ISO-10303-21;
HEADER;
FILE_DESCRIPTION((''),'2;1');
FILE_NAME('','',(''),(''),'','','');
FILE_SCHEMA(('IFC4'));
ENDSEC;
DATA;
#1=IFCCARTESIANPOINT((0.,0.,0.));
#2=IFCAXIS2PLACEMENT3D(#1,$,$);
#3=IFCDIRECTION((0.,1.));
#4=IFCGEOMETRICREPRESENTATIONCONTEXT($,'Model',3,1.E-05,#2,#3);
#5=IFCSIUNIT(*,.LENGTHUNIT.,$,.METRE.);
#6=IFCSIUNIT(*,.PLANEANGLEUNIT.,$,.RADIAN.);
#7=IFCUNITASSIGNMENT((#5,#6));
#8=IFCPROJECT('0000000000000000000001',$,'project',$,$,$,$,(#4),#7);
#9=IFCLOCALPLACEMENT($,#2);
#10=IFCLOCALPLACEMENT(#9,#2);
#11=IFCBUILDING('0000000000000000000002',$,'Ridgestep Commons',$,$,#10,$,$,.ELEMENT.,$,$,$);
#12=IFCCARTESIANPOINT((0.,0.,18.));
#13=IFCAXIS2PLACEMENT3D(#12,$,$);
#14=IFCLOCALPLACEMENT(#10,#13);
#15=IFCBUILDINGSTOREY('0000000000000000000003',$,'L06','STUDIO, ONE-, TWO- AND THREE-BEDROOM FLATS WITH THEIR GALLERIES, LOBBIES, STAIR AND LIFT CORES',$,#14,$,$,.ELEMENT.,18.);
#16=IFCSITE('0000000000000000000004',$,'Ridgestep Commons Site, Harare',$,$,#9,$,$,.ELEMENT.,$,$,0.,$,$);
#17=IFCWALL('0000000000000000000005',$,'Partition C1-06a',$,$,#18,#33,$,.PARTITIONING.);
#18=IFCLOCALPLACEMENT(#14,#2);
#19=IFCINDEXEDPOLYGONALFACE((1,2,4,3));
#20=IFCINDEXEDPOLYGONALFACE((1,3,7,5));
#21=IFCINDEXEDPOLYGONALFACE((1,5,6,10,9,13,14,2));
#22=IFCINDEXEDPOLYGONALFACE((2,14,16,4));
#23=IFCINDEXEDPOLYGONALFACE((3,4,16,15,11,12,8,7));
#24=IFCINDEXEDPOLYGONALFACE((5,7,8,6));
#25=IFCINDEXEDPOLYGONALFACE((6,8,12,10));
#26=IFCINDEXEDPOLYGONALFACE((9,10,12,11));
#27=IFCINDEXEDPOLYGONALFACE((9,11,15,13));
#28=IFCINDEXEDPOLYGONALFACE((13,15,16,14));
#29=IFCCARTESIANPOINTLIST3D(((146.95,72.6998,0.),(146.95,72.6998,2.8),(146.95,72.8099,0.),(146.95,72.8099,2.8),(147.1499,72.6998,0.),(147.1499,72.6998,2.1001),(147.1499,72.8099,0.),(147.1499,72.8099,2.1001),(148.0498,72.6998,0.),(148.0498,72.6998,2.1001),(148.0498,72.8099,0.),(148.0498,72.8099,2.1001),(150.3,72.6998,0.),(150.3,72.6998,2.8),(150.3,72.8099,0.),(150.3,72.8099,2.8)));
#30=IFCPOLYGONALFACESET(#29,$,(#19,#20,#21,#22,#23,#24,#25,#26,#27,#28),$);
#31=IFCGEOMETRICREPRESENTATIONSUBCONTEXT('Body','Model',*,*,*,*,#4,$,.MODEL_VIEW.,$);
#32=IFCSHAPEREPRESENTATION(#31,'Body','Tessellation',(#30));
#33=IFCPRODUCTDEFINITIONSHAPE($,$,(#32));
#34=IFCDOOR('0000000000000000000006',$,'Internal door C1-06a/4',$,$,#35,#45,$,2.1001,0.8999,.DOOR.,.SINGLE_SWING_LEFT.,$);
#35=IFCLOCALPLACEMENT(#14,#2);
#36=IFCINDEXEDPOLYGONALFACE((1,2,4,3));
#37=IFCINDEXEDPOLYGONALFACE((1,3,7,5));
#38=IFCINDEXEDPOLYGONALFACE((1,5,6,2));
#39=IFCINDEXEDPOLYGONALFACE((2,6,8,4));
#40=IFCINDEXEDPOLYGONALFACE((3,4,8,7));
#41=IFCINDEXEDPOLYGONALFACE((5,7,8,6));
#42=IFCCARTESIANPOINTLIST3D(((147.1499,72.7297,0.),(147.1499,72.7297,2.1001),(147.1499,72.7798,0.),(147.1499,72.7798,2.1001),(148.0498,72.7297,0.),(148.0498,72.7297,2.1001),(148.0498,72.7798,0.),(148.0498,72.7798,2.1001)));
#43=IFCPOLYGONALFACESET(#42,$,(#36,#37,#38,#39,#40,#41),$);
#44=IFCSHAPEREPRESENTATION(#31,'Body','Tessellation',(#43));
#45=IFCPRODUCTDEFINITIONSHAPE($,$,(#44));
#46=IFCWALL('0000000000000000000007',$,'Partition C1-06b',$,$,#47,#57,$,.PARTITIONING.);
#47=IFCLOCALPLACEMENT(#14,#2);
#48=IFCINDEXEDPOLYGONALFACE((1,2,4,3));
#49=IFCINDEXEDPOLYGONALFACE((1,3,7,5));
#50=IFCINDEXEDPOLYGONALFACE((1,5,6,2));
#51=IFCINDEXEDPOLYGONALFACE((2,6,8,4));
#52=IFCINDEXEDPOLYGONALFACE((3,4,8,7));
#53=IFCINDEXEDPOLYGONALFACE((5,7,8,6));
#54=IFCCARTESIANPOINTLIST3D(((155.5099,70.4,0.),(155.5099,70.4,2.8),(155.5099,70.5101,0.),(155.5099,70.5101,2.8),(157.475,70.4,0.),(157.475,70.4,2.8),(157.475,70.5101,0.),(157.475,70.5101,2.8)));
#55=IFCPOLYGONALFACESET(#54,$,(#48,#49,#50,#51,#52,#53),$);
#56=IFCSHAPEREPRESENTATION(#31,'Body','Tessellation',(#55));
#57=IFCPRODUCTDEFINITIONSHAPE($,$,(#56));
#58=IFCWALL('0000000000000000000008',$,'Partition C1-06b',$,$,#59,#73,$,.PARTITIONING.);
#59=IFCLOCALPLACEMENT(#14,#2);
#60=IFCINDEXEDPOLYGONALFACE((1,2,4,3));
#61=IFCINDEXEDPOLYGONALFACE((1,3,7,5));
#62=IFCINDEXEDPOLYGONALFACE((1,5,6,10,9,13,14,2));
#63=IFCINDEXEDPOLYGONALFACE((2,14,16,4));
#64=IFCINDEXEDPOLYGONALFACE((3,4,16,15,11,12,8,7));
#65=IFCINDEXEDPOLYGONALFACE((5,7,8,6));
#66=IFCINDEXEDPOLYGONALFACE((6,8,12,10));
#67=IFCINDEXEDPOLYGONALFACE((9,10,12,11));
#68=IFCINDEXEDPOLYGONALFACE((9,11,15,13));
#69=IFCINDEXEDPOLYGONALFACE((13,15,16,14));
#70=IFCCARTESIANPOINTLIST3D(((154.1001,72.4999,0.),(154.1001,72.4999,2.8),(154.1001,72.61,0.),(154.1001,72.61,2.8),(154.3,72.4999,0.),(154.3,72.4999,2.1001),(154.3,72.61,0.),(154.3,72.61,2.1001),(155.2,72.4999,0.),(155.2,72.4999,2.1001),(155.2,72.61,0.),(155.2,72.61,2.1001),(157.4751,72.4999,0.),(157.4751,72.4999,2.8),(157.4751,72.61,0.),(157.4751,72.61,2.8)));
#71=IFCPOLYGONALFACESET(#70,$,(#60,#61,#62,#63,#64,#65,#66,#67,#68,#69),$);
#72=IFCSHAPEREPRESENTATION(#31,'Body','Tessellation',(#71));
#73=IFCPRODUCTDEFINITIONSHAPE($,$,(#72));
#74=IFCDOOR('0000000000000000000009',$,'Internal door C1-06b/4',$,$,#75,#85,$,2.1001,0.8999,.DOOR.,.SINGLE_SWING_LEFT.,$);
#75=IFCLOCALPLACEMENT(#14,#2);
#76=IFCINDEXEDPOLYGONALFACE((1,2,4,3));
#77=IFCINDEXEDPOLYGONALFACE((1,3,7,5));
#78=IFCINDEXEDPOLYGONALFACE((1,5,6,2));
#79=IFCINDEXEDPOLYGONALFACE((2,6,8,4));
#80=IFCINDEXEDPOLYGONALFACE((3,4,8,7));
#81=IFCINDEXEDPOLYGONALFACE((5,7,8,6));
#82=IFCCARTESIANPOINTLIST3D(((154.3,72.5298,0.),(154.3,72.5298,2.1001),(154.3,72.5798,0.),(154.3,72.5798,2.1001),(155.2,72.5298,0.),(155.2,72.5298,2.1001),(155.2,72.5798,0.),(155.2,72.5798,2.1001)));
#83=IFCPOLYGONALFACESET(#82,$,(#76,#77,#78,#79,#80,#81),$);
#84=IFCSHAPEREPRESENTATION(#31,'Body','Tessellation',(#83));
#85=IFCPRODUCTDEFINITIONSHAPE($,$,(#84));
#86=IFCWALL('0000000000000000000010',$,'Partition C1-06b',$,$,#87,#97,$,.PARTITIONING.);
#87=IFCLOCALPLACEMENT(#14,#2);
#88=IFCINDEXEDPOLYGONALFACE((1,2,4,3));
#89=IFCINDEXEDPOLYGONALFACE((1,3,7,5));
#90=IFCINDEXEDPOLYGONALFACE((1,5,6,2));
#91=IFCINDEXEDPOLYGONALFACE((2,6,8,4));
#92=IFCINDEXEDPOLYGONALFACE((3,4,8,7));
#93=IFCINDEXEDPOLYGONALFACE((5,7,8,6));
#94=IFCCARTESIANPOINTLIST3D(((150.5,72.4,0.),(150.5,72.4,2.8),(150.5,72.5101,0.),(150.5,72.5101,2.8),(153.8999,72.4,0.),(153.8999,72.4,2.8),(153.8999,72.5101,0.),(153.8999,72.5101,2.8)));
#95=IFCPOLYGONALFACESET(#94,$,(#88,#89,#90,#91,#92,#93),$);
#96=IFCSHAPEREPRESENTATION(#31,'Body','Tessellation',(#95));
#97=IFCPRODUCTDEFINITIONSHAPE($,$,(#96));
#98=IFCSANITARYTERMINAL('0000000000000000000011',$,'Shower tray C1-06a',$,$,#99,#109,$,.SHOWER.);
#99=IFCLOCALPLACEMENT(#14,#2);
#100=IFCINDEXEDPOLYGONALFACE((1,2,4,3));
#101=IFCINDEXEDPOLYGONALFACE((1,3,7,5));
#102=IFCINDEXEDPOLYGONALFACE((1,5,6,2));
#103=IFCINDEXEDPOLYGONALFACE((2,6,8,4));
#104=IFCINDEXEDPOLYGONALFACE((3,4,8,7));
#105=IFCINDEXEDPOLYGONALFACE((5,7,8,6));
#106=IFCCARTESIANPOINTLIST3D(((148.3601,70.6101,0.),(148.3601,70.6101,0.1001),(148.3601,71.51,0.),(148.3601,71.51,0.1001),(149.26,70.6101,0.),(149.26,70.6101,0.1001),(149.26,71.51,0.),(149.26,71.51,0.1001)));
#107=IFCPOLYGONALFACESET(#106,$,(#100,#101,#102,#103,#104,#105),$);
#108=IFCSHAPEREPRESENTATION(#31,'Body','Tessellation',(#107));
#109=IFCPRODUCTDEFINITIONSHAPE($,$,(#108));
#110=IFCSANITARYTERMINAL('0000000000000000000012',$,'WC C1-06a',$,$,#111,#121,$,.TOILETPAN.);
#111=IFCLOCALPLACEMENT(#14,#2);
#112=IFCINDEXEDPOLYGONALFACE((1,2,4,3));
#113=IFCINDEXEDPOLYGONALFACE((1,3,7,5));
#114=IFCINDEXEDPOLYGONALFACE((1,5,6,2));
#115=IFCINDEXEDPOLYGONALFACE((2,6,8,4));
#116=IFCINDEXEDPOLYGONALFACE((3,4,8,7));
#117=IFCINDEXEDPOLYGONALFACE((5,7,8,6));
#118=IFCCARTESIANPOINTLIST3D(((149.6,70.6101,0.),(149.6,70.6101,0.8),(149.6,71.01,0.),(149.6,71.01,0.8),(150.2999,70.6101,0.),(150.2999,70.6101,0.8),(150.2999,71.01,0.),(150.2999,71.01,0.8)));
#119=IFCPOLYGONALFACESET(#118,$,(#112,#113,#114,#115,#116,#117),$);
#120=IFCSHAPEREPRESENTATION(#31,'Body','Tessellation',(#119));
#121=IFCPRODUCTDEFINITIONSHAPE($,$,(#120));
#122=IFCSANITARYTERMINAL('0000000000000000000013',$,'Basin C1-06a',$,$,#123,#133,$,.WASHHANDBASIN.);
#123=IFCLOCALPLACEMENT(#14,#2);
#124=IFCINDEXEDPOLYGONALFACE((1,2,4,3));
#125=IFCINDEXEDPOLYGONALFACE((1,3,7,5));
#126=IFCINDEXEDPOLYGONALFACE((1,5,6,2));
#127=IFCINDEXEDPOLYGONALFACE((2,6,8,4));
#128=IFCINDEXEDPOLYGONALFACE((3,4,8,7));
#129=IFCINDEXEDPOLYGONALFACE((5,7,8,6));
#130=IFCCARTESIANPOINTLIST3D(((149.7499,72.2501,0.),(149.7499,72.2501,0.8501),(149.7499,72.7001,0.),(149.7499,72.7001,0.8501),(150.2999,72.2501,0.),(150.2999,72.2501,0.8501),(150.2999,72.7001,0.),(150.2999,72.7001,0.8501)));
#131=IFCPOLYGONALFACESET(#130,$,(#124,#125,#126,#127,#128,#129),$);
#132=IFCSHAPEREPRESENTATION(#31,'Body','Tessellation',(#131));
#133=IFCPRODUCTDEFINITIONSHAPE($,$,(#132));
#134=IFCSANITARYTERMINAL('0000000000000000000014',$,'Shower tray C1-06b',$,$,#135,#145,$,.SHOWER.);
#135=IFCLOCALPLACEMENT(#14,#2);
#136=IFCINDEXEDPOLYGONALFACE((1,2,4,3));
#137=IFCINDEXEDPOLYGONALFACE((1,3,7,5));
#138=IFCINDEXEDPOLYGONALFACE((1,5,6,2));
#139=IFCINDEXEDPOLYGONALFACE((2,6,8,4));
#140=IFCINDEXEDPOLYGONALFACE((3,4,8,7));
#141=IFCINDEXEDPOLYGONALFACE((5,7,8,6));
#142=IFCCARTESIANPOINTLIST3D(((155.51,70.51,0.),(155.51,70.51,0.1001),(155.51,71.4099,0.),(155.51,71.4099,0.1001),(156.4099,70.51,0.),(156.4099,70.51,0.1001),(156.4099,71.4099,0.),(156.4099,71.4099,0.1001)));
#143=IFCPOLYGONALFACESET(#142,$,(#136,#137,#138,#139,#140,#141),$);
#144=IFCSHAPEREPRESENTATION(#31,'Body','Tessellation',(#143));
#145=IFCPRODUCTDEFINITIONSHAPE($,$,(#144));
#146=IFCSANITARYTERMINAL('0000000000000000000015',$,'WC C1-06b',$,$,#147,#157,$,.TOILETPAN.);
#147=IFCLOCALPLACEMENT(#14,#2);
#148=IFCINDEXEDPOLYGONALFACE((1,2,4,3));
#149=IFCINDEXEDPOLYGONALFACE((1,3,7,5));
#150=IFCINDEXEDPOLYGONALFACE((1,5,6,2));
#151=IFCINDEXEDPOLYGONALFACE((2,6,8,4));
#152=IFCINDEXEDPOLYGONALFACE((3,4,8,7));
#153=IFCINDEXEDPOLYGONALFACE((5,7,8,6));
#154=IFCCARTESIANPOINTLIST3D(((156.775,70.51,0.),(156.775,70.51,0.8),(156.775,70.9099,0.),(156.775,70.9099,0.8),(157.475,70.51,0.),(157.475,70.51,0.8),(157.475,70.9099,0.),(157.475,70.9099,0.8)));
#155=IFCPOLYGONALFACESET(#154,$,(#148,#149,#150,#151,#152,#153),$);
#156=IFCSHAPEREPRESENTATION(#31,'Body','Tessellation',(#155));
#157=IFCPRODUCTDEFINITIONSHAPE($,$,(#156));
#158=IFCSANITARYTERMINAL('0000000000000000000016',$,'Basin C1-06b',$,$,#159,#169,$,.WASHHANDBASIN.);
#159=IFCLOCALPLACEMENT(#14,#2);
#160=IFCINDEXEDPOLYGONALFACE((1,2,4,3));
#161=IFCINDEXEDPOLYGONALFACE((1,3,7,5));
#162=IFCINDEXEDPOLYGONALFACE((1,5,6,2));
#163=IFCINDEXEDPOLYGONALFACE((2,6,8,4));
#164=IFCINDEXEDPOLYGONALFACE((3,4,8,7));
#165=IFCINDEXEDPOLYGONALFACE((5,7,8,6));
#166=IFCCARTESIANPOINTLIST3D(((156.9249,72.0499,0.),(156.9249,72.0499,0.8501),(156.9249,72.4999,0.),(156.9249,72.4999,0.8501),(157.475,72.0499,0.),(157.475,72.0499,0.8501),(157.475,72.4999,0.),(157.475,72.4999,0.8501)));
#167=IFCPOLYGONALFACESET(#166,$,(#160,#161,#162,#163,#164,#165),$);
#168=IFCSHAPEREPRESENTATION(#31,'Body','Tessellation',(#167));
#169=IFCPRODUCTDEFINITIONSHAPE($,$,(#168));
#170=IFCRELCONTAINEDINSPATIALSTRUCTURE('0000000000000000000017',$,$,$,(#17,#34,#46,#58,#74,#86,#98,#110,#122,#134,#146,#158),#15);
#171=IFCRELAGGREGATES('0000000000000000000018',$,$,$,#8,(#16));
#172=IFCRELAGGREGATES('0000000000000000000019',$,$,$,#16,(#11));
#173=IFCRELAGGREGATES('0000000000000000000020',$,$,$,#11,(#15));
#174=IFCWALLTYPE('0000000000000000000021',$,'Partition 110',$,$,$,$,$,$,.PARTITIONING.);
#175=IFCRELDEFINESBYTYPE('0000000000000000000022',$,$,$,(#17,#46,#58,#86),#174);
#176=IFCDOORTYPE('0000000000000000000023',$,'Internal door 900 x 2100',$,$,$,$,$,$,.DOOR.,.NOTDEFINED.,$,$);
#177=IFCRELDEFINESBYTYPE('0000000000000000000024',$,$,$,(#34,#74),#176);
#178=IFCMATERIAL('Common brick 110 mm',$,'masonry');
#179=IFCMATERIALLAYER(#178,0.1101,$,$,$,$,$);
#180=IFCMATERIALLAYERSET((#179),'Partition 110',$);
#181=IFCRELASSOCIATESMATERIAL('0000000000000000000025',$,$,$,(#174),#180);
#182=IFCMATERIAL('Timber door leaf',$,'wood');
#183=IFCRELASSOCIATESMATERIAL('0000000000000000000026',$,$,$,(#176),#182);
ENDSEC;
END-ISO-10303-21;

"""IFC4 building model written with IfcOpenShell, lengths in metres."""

from ifc_helpers import new_model, si_unit, direction, frame, frame_2d, origin, origin_2d, place, context, subcontext, project, spatial, rectangle, extrude, material, layer, layer_set, type_object, element, fill, save


model = new_model("IFC4")

# Units and contexts
model_context = context("Model", 3, precision=1e-05, world=origin(), true_north=direction((0.0, 1.0)))
body_context = subcontext(model_context, "Body", "Model", "MODEL_VIEW")
ifc_project = project(units=[si_unit("LENGTHUNIT", "METRE"), si_unit("PLANEANGLEUNIT", "RADIAN")], contexts=[model_context])

# Site, building, storey
site_placement = place(None, origin())
site = spatial("IfcSite", under=ifc_project, at=site_placement, Name="Ridgestep Commons Site, Harare", CompositionType="ELEMENT", RefElevation=0.0)
building_placement = place(site_placement, origin())
building = spatial("IfcBuilding", under=site, at=building_placement, Name="Ridgestep Commons", CompositionType="ELEMENT")
storey_placement = place(building_placement, frame((0.0, 0.0, 18.0)))
storey = spatial("IfcBuildingStorey", under=building, at=storey_placement, Name="L06", Description="STUDIO, ONE-, TWO- AND THREE-BEDROOM FLATS WITH THEIR GALLERIES, LOBBIES, STAIR AND LIFT CORES", CompositionType="ELEMENT", Elevation=18.0)

# Shared definitions
ifc_material_1 = material(Name="Common brick 110 mm", Category="masonry")
ifc_layer_1 = layer(ifc_material_1, 0.1101)
ifc_layer_set_1 = layer_set([ifc_layer_1], Name="Partition 110")
wall_type_1 = type_object("IfcWallType", Name="Partition 110", PredefinedType="PARTITIONING", material=ifc_layer_set_1)

# Wall, opening, door
wall_1_placement = place(storey_placement, frame((146.95, 72.7549, 0.0), z_axis=(0.0, 0.0, 1.0), x_axis=(1.0, 0.0, 0.0)))
wall_1 = element("IfcWall", 1, at=wall_1_placement, inside=storey, type_object=wall_type_1, Name="Partition C1-06a", PredefinedType="PARTITIONING", context=body_context, shape_type="SweptSolid", body=[
    extrude(rectangle(XDim=3.3501, YDim=0.1101, at=frame_2d((1.675, 0.0))), origin(), (0.0, 0.0, 1.0), 2.8),
])
opening_1_placement = place(wall_1_placement, frame((0.2, 0.0, 0.0)))
opening_1 = element("IfcOpeningElement", 2, at=opening_1_placement, cuts=wall_1, PredefinedType="OPENING", context=body_context, shape_type="SweptSolid", body=[
    extrude(rectangle(XDim=0.8999, YDim=2.1001, at=frame_2d((0.45, 1.05))), frame((0.0, 0.0649, 0.0), z_axis=(0.0, -1.0, 0.0), x_axis=(1.0, 0.0, 0.0)), (0.0, 0.0, 1.0), 0.1301),
])
ifc_material_2 = material(Name="Timber door leaf", Category="wood")
door_type_1 = type_object("IfcDoorType", Name="Internal door 900 x 2100", OperationType="NOTDEFINED", PredefinedType="DOOR", material=ifc_material_2)
door_1_placement = place(opening_1_placement, origin())
door_1 = element("IfcDoor", 3, at=door_1_placement, inside=storey, type_object=door_type_1, Name="Internal door C1-06a/4", OperationType="SINGLE_SWING_LEFT", OverallHeight=2.1001, OverallWidth=0.8999, PredefinedType="DOOR", context=body_context, shape_type="SweptSolid", body=[
    extrude(rectangle(XDim=0.8999, YDim=2.1001, at=frame_2d((0.45, 1.05))), frame((0.0, 0.0249, 0.0), z_axis=(0.0, -1.0, 0.0), x_axis=(1.0, 0.0, 0.0)), (0.0, 0.0, 1.0), 0.05),
])
fill(opening_1, door_1)

# Wall
wall_2_placement = place(storey_placement, frame((155.51, 70.4551, 0.0), z_axis=(0.0, 0.0, 1.0), x_axis=(1.0, 0.0, 0.0)))
element("IfcWall", 4, at=wall_2_placement, inside=storey, type_object=wall_type_1, Name="Partition C1-06b", PredefinedType="PARTITIONING", context=body_context, shape_type="SweptSolid", body=[
    extrude(rectangle(XDim=1.9651, YDim=0.1101, at=frame_2d((0.9824, 0.0))), origin(), (0.0, 0.0, 1.0), 2.8),
])

# Wall, opening, door
wall_3_placement = place(storey_placement, frame((154.1001, 72.5549, 0.0), z_axis=(0.0, 0.0, 1.0), x_axis=(1.0, 0.0, 0.0)))
wall_3 = element("IfcWall", 5, at=wall_3_placement, inside=storey, type_object=wall_type_1, Name="Partition C1-06b", PredefinedType="PARTITIONING", context=body_context, shape_type="SweptSolid", body=[
    extrude(rectangle(XDim=3.375, YDim=0.1101, at=frame_2d((1.6875, 0.0))), origin(), (0.0, 0.0, 1.0), 2.8),
])
opening_2_placement = place(wall_3_placement, frame((0.2, 0.0, 0.0)))
opening_2 = element("IfcOpeningElement", 6, at=opening_2_placement, cuts=wall_3, PredefinedType="OPENING", context=body_context, shape_type="SweptSolid", body=[
    extrude(rectangle(XDim=0.8999, YDim=2.1001, at=frame_2d((0.45, 1.05))), frame((0.0, 0.0649, 0.0), z_axis=(0.0, -1.0, 0.0), x_axis=(1.0, 0.0, 0.0)), (0.0, 0.0, 1.0), 0.1301),
])
door_2_placement = place(opening_2_placement, origin())
door_2 = element("IfcDoor", 7, at=door_2_placement, inside=storey, type_object=door_type_1, Name="Internal door C1-06b/4", OperationType="SINGLE_SWING_LEFT", OverallHeight=2.1001, OverallWidth=0.8999, PredefinedType="DOOR", context=body_context, shape_type="SweptSolid", body=[
    extrude(rectangle(XDim=0.8999, YDim=2.1001, at=frame_2d((0.45, 1.05))), frame((0.0, 0.0249, 0.0), z_axis=(0.0, -1.0, 0.0), x_axis=(1.0, 0.0, 0.0)), (0.0, 0.0, 1.0), 0.05),
])
fill(opening_2, door_2)

# Wall
wall_4_placement = place(storey_placement, frame((150.5, 72.4551, 0.0), z_axis=(0.0, 0.0, 1.0), x_axis=(1.0, 0.0, 0.0)))
element("IfcWall", 8, at=wall_4_placement, inside=storey, type_object=wall_type_1, Name="Partition C1-06b", PredefinedType="PARTITIONING", context=body_context, shape_type="SweptSolid", body=[
    extrude(rectangle(XDim=3.3999, YDim=0.1101, at=frame_2d((1.7, 0.0))), origin(), (0.0, 0.0, 1.0), 2.8),
])

# Sanitary terminals
sanitary_terminal_1_placement = place(storey_placement, frame((148.8101, 71.0601, 0.0), z_axis=(0.0, 0.0, 1.0), x_axis=(1.0, 0.0, 0.0)))
element("IfcSanitaryTerminal", 9, at=sanitary_terminal_1_placement, inside=storey, Name="Shower tray C1-06a", PredefinedType="SHOWER", context=body_context, shape_type="SweptSolid", body=[
    extrude(rectangle(XDim=0.8999, YDim=0.8999, at=origin_2d()), origin(), (0.0, 0.0, 1.0), 0.1001),
])
sanitary_terminal_2_placement = place(storey_placement, frame((149.95, 70.8101, 0.0), z_axis=(0.0, 0.0, 1.0), x_axis=(1.0, 0.0, 0.0)))
element("IfcSanitaryTerminal", 10, at=sanitary_terminal_2_placement, inside=storey, Name="WC C1-06a", PredefinedType="TOILETPAN", context=body_context, shape_type="SweptSolid", body=[
    extrude(rectangle(XDim=0.7, YDim=0.3999, at=origin_2d()), origin(), (0.0, 0.0, 1.0), 0.8),
])
sanitary_terminal_3_placement = place(storey_placement, frame((150.0249, 72.4751, 0.0), z_axis=(0.0, 0.0, 1.0), x_axis=(1.0, 0.0, 0.0)))
element("IfcSanitaryTerminal", 11, at=sanitary_terminal_3_placement, inside=storey, Name="Basin C1-06a", PredefinedType="WASHHANDBASIN", context=body_context, shape_type="SweptSolid", body=[
    extrude(rectangle(XDim=0.55, YDim=0.45, at=origin_2d()), origin(), (0.0, 0.0, 1.0), 0.8501),
])
sanitary_terminal_4_placement = place(storey_placement, frame((155.96, 70.96, 0.0), z_axis=(0.0, 0.0, 1.0), x_axis=(1.0, 0.0, 0.0)))
element("IfcSanitaryTerminal", 12, at=sanitary_terminal_4_placement, inside=storey, Name="Shower tray C1-06b", PredefinedType="SHOWER", context=body_context, shape_type="SweptSolid", body=[
    extrude(rectangle(XDim=0.8999, YDim=0.8999, at=origin_2d()), origin(), (0.0, 0.0, 1.0), 0.1001),
])
sanitary_terminal_5_placement = place(storey_placement, frame((157.125, 70.71, 0.0), z_axis=(0.0, 0.0, 1.0), x_axis=(1.0, 0.0, 0.0)))
element("IfcSanitaryTerminal", 13, at=sanitary_terminal_5_placement, inside=storey, Name="WC C1-06b", PredefinedType="TOILETPAN", context=body_context, shape_type="SweptSolid", body=[
    extrude(rectangle(XDim=0.7, YDim=0.3999, at=origin_2d()), origin(), (0.0, 0.0, 1.0), 0.8),
])
sanitary_terminal_6_placement = place(storey_placement, frame((157.2, 72.2749, 0.0), z_axis=(0.0, 0.0, 1.0), x_axis=(1.0, 0.0, 0.0)))
element("IfcSanitaryTerminal", 14, at=sanitary_terminal_6_placement, inside=storey, Name="Basin C1-06b", PredefinedType="WASHHANDBASIN", context=body_context, shape_type="SweptSolid", body=[
    extrude(rectangle(XDim=0.55, YDim=0.45, at=origin_2d()), origin(), (0.0, 0.0, 1.0), 0.8501),
])

save(model, "model.ifc")
